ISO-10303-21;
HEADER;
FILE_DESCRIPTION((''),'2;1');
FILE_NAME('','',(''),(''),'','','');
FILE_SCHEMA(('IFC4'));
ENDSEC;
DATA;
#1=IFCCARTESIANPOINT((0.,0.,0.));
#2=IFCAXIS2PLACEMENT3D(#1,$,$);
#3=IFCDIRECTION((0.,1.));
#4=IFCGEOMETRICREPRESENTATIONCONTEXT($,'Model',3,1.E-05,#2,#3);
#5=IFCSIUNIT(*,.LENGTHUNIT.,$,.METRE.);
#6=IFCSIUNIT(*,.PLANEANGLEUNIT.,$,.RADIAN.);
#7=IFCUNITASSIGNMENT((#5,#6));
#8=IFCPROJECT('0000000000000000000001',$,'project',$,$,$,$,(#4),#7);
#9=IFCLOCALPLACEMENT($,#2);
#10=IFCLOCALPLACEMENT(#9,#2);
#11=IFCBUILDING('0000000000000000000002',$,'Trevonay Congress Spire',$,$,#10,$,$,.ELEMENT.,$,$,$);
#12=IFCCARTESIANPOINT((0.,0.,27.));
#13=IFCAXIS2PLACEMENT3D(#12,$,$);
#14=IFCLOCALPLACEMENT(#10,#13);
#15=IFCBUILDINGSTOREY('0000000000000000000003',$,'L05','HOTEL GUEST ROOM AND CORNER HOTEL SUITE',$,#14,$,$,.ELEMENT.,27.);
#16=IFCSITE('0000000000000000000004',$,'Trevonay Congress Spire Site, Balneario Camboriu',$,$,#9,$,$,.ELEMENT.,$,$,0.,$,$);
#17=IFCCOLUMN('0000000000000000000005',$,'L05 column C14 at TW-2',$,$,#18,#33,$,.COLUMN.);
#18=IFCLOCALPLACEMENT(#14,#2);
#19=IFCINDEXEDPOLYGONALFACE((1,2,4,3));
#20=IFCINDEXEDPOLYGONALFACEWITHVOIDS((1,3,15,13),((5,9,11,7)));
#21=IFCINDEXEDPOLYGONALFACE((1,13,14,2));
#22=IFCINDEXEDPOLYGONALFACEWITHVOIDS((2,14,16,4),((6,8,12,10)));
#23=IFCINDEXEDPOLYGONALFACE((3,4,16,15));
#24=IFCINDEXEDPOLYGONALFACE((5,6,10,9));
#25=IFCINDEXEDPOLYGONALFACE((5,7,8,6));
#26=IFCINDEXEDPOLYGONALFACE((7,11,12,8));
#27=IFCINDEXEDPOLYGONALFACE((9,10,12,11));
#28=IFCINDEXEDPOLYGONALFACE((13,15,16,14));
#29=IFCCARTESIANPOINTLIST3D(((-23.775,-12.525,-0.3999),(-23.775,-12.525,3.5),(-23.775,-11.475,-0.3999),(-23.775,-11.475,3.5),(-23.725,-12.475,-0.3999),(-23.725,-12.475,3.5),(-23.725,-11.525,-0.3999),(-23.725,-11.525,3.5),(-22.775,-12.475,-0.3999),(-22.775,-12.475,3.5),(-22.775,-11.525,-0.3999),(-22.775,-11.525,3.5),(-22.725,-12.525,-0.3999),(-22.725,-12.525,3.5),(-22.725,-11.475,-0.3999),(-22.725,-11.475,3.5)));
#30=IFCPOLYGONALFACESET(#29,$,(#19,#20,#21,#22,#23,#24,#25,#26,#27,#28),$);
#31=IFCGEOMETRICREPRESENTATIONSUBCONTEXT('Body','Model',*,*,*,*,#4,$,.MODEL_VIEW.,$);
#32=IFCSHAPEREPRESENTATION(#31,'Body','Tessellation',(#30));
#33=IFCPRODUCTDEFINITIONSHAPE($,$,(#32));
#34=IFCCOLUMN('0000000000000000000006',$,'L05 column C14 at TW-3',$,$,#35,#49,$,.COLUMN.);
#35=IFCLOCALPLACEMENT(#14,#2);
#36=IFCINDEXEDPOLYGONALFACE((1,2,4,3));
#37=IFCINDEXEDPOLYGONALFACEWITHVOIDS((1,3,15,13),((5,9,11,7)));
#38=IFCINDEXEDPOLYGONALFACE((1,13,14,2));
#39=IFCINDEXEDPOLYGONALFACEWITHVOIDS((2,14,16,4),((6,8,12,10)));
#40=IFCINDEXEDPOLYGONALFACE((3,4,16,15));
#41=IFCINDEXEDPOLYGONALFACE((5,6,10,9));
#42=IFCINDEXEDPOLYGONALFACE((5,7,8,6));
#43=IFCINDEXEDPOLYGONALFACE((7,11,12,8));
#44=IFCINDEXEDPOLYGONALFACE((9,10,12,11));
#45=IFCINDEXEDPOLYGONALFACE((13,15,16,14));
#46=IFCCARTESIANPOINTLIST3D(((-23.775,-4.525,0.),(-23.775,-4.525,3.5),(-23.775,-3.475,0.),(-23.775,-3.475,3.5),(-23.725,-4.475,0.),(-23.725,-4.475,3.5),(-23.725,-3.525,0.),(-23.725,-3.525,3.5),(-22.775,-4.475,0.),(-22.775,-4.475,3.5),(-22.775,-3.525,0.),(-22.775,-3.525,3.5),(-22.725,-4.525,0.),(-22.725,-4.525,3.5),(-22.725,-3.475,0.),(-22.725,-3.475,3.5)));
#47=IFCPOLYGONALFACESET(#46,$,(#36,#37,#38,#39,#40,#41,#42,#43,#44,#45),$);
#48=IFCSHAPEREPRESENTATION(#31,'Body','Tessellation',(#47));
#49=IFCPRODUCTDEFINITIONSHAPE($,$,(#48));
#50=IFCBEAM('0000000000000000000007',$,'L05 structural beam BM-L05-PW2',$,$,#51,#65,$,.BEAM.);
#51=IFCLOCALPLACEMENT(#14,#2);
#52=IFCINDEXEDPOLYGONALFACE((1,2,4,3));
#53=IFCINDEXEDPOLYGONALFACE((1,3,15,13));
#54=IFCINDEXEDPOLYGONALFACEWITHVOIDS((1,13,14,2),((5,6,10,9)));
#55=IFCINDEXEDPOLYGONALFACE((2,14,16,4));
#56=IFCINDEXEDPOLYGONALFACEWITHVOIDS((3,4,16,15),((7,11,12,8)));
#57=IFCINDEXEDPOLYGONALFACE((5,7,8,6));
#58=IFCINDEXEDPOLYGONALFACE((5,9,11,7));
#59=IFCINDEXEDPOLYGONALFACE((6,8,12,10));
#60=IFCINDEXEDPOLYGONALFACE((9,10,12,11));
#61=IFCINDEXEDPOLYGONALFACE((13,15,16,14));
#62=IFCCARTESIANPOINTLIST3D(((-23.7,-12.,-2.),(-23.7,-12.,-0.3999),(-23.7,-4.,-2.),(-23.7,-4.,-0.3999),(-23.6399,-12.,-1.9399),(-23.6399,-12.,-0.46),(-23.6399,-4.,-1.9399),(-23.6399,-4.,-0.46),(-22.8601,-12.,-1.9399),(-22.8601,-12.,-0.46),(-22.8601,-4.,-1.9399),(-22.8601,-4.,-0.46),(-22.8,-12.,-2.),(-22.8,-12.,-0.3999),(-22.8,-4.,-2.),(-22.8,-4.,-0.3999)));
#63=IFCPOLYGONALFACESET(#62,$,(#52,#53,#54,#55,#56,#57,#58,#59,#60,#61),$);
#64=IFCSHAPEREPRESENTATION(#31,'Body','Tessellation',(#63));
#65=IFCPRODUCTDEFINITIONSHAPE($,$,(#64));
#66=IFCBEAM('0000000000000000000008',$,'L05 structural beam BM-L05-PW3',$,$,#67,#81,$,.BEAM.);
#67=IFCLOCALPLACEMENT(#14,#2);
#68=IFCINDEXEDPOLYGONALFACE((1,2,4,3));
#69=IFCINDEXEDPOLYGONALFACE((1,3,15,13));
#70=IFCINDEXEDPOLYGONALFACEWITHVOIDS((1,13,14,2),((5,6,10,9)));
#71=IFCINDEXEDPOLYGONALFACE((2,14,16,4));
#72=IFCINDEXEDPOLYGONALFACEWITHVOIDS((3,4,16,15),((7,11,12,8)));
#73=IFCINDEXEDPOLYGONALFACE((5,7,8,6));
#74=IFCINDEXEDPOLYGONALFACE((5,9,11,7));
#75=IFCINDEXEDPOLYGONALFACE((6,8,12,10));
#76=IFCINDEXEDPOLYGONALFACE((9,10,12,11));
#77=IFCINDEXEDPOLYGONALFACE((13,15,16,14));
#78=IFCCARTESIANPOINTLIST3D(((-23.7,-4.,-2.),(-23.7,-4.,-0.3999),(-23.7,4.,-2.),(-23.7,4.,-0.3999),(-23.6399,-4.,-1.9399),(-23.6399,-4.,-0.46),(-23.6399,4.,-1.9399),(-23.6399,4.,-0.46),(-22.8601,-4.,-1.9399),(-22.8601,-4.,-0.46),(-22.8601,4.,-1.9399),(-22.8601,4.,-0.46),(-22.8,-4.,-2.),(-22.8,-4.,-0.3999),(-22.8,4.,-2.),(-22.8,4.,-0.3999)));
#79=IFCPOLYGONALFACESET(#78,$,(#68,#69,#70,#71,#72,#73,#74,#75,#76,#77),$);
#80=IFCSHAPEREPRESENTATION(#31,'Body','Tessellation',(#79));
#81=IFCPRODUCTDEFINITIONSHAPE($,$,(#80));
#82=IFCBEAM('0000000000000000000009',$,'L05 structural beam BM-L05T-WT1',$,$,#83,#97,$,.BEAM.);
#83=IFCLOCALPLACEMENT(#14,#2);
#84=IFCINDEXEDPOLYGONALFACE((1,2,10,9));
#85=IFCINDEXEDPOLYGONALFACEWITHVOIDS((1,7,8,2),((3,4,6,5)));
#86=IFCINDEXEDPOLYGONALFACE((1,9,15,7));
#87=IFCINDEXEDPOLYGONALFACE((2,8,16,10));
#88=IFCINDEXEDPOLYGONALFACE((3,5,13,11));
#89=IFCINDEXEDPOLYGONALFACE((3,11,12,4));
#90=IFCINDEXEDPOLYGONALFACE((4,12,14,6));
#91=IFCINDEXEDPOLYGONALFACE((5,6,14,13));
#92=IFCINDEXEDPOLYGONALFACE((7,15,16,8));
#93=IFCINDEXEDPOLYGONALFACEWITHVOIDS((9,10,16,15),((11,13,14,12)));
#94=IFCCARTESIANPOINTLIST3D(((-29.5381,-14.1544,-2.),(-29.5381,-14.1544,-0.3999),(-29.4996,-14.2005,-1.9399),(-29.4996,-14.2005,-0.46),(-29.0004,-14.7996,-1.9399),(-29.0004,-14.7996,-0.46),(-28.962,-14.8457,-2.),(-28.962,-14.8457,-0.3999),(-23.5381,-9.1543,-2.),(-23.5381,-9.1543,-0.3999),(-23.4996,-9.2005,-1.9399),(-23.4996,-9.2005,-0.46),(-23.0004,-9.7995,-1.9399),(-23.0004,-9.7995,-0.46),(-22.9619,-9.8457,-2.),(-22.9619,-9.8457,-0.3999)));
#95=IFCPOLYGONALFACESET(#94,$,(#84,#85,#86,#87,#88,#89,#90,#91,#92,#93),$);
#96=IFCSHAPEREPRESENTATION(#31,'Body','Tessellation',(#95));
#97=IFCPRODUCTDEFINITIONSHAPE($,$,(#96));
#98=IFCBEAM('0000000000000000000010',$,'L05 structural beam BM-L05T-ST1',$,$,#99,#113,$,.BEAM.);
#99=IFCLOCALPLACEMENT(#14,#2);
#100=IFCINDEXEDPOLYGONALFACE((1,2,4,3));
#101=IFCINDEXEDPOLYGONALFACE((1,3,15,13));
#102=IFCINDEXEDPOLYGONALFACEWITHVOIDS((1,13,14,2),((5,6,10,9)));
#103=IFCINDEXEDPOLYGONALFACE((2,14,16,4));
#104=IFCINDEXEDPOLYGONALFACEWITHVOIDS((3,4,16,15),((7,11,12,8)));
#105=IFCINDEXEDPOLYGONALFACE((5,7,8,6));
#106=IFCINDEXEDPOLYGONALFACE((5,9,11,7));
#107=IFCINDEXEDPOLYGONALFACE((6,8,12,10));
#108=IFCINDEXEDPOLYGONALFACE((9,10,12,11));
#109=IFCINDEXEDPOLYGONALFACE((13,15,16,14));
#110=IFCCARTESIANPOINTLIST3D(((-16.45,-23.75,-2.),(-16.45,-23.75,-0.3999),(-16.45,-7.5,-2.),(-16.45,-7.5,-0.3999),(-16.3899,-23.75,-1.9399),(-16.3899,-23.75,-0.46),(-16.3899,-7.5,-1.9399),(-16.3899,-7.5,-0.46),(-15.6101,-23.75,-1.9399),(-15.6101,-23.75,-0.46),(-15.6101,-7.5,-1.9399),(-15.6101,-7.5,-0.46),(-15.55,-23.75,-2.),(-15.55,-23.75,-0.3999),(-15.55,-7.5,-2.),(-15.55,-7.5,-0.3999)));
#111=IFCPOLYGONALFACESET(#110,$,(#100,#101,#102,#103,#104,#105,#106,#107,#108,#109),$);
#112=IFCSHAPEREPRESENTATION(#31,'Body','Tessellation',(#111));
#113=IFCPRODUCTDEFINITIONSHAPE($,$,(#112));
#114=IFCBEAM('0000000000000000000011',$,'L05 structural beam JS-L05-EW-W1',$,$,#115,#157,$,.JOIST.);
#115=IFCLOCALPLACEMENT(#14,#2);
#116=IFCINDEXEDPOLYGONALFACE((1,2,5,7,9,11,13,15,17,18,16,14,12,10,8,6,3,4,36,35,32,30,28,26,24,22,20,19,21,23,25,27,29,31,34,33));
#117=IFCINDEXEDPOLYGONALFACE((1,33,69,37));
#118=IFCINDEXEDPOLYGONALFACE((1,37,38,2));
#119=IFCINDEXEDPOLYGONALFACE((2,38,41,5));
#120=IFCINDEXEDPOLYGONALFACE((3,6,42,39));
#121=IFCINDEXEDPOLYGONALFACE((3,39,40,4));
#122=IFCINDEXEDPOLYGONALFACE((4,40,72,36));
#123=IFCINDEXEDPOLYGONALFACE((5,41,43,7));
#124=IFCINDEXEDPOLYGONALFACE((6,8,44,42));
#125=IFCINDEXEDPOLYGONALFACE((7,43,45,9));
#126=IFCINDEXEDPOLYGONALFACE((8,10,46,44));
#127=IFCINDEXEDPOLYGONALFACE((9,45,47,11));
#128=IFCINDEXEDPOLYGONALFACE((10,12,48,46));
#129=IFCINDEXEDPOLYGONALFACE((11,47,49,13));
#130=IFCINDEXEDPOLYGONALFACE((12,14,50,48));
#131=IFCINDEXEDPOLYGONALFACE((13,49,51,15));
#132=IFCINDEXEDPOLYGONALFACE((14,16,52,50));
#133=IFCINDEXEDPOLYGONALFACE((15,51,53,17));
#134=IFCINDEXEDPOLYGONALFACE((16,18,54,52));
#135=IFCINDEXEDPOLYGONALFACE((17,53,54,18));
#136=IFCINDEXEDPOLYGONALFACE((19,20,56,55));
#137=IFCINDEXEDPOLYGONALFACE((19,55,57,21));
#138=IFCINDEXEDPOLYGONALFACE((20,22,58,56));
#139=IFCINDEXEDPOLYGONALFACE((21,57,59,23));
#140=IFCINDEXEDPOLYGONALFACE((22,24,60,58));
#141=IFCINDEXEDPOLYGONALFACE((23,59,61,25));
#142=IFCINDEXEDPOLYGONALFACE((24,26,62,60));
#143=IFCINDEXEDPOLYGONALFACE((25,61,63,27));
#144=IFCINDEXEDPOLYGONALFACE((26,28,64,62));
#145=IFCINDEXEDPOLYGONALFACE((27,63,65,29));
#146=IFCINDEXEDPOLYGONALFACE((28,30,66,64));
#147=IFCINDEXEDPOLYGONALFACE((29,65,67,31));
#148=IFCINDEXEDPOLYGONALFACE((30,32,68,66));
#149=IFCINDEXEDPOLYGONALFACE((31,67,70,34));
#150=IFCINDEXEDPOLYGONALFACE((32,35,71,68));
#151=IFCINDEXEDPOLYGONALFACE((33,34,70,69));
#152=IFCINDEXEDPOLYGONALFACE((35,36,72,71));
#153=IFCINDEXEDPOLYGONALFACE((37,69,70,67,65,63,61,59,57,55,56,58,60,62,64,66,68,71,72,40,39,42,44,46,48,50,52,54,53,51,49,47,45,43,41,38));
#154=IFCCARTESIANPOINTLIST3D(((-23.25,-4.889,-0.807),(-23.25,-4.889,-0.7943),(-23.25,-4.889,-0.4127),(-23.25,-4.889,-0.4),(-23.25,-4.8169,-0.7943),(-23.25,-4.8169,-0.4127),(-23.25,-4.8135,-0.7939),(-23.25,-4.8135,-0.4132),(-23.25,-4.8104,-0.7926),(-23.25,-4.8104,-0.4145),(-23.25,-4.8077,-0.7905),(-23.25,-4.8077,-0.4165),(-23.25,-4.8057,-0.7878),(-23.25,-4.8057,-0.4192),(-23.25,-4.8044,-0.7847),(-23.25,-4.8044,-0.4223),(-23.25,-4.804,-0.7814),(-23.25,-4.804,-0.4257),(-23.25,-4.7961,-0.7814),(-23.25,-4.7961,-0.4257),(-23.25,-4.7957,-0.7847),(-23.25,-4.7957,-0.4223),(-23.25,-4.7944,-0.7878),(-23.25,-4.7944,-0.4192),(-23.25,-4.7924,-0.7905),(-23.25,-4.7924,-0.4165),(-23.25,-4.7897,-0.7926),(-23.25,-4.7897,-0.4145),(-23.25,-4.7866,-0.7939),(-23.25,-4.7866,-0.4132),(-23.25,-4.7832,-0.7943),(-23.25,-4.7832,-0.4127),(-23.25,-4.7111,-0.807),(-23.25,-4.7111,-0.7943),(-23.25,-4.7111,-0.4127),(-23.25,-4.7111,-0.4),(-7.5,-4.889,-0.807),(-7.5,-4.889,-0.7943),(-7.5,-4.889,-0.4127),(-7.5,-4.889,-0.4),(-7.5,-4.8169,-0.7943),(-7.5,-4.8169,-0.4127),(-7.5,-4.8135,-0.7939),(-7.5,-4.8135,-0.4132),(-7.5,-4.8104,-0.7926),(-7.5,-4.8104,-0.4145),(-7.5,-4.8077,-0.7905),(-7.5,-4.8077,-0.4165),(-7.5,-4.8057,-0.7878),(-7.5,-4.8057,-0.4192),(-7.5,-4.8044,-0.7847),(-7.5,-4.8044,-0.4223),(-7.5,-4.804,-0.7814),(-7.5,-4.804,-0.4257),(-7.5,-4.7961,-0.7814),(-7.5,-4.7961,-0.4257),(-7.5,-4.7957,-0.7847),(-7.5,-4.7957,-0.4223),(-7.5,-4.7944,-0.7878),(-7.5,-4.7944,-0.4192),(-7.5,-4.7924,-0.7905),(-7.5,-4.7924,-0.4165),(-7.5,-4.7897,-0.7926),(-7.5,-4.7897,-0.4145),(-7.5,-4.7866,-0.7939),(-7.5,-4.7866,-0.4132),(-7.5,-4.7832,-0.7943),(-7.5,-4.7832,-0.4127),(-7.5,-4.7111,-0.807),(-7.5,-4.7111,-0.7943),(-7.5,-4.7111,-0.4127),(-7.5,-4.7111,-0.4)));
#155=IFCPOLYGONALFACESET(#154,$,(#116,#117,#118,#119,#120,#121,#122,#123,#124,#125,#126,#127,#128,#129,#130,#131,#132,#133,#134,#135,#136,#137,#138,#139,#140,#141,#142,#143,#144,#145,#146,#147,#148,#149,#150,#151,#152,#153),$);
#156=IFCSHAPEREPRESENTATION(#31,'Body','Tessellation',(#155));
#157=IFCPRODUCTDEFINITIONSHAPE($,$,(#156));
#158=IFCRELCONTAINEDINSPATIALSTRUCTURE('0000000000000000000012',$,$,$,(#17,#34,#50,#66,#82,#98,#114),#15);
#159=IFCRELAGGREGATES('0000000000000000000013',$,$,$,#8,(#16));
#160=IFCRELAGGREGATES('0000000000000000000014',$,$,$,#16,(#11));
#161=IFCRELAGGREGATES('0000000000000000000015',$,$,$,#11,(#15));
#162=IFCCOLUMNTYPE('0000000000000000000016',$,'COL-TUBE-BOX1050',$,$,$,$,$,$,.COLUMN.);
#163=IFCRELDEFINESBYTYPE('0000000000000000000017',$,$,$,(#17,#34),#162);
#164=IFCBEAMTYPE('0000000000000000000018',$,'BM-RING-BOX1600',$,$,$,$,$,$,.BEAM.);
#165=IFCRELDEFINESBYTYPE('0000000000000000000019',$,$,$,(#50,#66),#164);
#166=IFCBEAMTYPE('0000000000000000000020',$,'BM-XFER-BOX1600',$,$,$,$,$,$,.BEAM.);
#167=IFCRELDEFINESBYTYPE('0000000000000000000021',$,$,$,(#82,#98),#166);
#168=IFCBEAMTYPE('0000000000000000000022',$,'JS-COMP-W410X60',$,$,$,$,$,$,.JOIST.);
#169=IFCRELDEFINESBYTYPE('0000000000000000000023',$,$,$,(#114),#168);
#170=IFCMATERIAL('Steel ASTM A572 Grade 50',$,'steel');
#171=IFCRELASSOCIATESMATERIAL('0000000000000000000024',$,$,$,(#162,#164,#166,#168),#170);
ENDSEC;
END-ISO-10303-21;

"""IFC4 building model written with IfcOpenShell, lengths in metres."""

from ifc_helpers import new_model, si_unit, direction, frame, origin, origin_2d, place, context, subcontext, project, spatial, hollow_rectangle, i_section, extrude, material, material_profile, profile_set, type_object, element, save


model = new_model("IFC4")

# Units and contexts
model_context = context("Model", 3, precision=1e-05, world=origin(), true_north=direction((0.0, 1.0)))
body_context = subcontext(model_context, "Body", "Model", "MODEL_VIEW")
ifc_project = project(units=[si_unit("LENGTHUNIT", "METRE"), si_unit("PLANEANGLEUNIT", "RADIAN")], contexts=[model_context])

# Site, building, storey
site_placement = place(None, origin())
site = spatial("IfcSite", under=ifc_project, at=site_placement, Name="Trevonay Congress Spire Site, Balneario Camboriu", CompositionType="ELEMENT", RefElevation=0.0)
building_placement = place(site_placement, origin())
building = spatial("IfcBuilding", under=site, at=building_placement, Name="Trevonay Congress Spire", CompositionType="ELEMENT")
storey_placement = place(building_placement, frame((0.0, 0.0, 27.0)))
storey = spatial("IfcBuildingStorey", under=building, at=storey_placement, Name="L05", Description="HOTEL GUEST ROOM AND CORNER HOTEL SUITE", CompositionType="ELEMENT", Elevation=27.0)

# Columns
ifc_material_1 = material(Name="Steel ASTM A572 Grade 50", Category="steel")
ifc_material_profile_1 = material_profile(ifc_material_1, hollow_rectangle(XDim=1.05, YDim=1.05, WallThickness=0.05, at=origin_2d()), Name="BOX 1050x1050x50")
ifc_profile_set_1 = profile_set([ifc_material_profile_1], Name="Steel ASTM A572 Grade 50")
column_type = type_object("IfcColumnType", Name="COL-TUBE-BOX1050", PredefinedType="COLUMN", material=ifc_profile_set_1)
column_1_placement = place(storey_placement, frame((-23.25, -12.0, -0.3999), z_axis=(0.0, 0.0, 1.0), x_axis=(1.0, 0.0, 0.0)))
element("IfcColumn", 1, at=column_1_placement, inside=storey, type_object=column_type, Name="L05 column C14 at TW-2", PredefinedType="COLUMN", context=body_context, shape_type="SweptSolid", body=[
    extrude(hollow_rectangle(XDim=1.05, YDim=1.05, WallThickness=0.05, at=origin_2d()), origin(), (0.0, 0.0, 1.0), 3.8999),
])
column_2_placement = place(storey_placement, frame((-23.25, -4.0, 0.0), z_axis=(0.0, 0.0, 1.0), x_axis=(1.0, 0.0, 0.0)))
element("IfcColumn", 2, at=column_2_placement, inside=storey, type_object=column_type, Name="L05 column C14 at TW-3", PredefinedType="COLUMN", context=body_context, shape_type="SweptSolid", body=[
    extrude(hollow_rectangle(XDim=1.05, YDim=1.05, WallThickness=0.05, at=origin_2d()), origin(), (0.0, 0.0, 1.0), 3.5),
])

# Beams
ifc_material_profile_2 = material_profile(ifc_material_1, hollow_rectangle(XDim=0.8999, YDim=1.6001, WallThickness=0.0601, at=origin_2d()), Name="BOX 1600x900x60")
ifc_profile_set_2 = profile_set([ifc_material_profile_2], Name="Steel ASTM A572 Grade 50")
beam_type_1 = type_object("IfcBeamType", Name="BM-RING-BOX1600", PredefinedType="BEAM", material=ifc_profile_set_2)
for number, where, z_axis, x_axis, name in (
    (3, (-23.25, -12.0, -1.2), (0.0, 1.0, 0.0), (-1.0, 0.0, 0.0), "L05 structural beam BM-L05-PW2"),
    (4, (-23.25, -4.0, -1.2), (0.0, 1.0, 0.0), (-1.0, 0.0, 0.0), "L05 structural beam BM-L05-PW3"),
):
    element("IfcBeam", number, at=place(storey_placement, frame(where, z_axis=z_axis, x_axis=x_axis)), inside=storey, type_object=beam_type_1, Name=name, PredefinedType="BEAM", context=body_context, shape_type="SweptSolid", body=[
        extrude(hollow_rectangle(XDim=0.8999, YDim=1.6001, WallThickness=0.0601, at=origin_2d()), origin(), (0.0, 0.0, 1.0), 8.0),
    ])
ifc_material_profile_3 = material_profile(ifc_material_1, hollow_rectangle(XDim=0.8999, YDim=1.6001, WallThickness=0.0601, at=origin_2d()), Name="BOX 1600x900x60")
ifc_profile_set_3 = profile_set([ifc_material_profile_3], Name="Steel ASTM A572 Grade 50")
beam_type_2 = type_object("IfcBeamType", Name="BM-XFER-BOX1600", PredefinedType="BEAM", material=ifc_profile_set_3)
beam_1_placement = place(storey_placement, frame((-23.25, -9.5, -1.2), z_axis=(-0.768221, -0.640184, 0.0), x_axis=(0.640184, -0.768221, 0.0)))
element("IfcBeam", 5, at=beam_1_placement, inside=storey, type_object=beam_type_2, Name="L05 structural beam BM-L05T-WT1", PredefinedType="BEAM", context=body_context, shape_type="SweptSolid", body=[
    extrude(hollow_rectangle(XDim=0.8999, YDim=1.6001, WallThickness=0.0601, at=origin_2d()), origin(), (0.0, 0.0, 1.0), 7.8103),
])
beam_2_placement = place(storey_placement, frame((-16.0, -7.5, -1.2), z_axis=(0.0, -1.0, 0.0), x_axis=(1.0, 0.0, 0.0)))
element("IfcBeam", 6, at=beam_2_placement, inside=storey, type_object=beam_type_2, Name="L05 structural beam BM-L05T-ST1", PredefinedType="BEAM", context=body_context, shape_type="SweptSolid", body=[
    extrude(hollow_rectangle(XDim=0.8999, YDim=1.6001, WallThickness=0.0601, at=origin_2d()), origin(), (0.0, 0.0, 1.0), 16.25),
])
ifc_material_profile_4 = material_profile(ifc_material_1, i_section(OverallWidth=0.178, OverallDepth=0.407, WebThickness=0.0078, FlangeThickness=0.0127, FilletRadius=0.0129, at=origin_2d()), Name="W410x60")
ifc_profile_set_4 = profile_set([ifc_material_profile_4], Name="Steel ASTM A572 Grade 50")
beam_type_3 = type_object("IfcBeamType", Name="JS-COMP-W410X60", PredefinedType="JOIST", material=ifc_profile_set_4)
for number, where, z_axis, x_axis, name in (
    (7, (-23.25, -4.8, -0.6035), (1.0, 0.0, 0.0), (0.0, 1.0, 0.0), "L05 structural beam JS-L05-EW-W1"),
):
    element("IfcBeam", number, at=place(storey_placement, frame(where, z_axis=z_axis, x_axis=x_axis)), inside=storey, type_object=beam_type_3, Name=name, PredefinedType="JOIST", context=body_context, shape_type="SweptSolid", body=[
        extrude(i_section(OverallWidth=0.178, OverallDepth=0.407, WebThickness=0.0078, FlangeThickness=0.0127, FilletRadius=0.0129, at=origin_2d()), origin(), (0.0, 0.0, 1.0), 15.75),
    ])

save(model, "model.ifc")
